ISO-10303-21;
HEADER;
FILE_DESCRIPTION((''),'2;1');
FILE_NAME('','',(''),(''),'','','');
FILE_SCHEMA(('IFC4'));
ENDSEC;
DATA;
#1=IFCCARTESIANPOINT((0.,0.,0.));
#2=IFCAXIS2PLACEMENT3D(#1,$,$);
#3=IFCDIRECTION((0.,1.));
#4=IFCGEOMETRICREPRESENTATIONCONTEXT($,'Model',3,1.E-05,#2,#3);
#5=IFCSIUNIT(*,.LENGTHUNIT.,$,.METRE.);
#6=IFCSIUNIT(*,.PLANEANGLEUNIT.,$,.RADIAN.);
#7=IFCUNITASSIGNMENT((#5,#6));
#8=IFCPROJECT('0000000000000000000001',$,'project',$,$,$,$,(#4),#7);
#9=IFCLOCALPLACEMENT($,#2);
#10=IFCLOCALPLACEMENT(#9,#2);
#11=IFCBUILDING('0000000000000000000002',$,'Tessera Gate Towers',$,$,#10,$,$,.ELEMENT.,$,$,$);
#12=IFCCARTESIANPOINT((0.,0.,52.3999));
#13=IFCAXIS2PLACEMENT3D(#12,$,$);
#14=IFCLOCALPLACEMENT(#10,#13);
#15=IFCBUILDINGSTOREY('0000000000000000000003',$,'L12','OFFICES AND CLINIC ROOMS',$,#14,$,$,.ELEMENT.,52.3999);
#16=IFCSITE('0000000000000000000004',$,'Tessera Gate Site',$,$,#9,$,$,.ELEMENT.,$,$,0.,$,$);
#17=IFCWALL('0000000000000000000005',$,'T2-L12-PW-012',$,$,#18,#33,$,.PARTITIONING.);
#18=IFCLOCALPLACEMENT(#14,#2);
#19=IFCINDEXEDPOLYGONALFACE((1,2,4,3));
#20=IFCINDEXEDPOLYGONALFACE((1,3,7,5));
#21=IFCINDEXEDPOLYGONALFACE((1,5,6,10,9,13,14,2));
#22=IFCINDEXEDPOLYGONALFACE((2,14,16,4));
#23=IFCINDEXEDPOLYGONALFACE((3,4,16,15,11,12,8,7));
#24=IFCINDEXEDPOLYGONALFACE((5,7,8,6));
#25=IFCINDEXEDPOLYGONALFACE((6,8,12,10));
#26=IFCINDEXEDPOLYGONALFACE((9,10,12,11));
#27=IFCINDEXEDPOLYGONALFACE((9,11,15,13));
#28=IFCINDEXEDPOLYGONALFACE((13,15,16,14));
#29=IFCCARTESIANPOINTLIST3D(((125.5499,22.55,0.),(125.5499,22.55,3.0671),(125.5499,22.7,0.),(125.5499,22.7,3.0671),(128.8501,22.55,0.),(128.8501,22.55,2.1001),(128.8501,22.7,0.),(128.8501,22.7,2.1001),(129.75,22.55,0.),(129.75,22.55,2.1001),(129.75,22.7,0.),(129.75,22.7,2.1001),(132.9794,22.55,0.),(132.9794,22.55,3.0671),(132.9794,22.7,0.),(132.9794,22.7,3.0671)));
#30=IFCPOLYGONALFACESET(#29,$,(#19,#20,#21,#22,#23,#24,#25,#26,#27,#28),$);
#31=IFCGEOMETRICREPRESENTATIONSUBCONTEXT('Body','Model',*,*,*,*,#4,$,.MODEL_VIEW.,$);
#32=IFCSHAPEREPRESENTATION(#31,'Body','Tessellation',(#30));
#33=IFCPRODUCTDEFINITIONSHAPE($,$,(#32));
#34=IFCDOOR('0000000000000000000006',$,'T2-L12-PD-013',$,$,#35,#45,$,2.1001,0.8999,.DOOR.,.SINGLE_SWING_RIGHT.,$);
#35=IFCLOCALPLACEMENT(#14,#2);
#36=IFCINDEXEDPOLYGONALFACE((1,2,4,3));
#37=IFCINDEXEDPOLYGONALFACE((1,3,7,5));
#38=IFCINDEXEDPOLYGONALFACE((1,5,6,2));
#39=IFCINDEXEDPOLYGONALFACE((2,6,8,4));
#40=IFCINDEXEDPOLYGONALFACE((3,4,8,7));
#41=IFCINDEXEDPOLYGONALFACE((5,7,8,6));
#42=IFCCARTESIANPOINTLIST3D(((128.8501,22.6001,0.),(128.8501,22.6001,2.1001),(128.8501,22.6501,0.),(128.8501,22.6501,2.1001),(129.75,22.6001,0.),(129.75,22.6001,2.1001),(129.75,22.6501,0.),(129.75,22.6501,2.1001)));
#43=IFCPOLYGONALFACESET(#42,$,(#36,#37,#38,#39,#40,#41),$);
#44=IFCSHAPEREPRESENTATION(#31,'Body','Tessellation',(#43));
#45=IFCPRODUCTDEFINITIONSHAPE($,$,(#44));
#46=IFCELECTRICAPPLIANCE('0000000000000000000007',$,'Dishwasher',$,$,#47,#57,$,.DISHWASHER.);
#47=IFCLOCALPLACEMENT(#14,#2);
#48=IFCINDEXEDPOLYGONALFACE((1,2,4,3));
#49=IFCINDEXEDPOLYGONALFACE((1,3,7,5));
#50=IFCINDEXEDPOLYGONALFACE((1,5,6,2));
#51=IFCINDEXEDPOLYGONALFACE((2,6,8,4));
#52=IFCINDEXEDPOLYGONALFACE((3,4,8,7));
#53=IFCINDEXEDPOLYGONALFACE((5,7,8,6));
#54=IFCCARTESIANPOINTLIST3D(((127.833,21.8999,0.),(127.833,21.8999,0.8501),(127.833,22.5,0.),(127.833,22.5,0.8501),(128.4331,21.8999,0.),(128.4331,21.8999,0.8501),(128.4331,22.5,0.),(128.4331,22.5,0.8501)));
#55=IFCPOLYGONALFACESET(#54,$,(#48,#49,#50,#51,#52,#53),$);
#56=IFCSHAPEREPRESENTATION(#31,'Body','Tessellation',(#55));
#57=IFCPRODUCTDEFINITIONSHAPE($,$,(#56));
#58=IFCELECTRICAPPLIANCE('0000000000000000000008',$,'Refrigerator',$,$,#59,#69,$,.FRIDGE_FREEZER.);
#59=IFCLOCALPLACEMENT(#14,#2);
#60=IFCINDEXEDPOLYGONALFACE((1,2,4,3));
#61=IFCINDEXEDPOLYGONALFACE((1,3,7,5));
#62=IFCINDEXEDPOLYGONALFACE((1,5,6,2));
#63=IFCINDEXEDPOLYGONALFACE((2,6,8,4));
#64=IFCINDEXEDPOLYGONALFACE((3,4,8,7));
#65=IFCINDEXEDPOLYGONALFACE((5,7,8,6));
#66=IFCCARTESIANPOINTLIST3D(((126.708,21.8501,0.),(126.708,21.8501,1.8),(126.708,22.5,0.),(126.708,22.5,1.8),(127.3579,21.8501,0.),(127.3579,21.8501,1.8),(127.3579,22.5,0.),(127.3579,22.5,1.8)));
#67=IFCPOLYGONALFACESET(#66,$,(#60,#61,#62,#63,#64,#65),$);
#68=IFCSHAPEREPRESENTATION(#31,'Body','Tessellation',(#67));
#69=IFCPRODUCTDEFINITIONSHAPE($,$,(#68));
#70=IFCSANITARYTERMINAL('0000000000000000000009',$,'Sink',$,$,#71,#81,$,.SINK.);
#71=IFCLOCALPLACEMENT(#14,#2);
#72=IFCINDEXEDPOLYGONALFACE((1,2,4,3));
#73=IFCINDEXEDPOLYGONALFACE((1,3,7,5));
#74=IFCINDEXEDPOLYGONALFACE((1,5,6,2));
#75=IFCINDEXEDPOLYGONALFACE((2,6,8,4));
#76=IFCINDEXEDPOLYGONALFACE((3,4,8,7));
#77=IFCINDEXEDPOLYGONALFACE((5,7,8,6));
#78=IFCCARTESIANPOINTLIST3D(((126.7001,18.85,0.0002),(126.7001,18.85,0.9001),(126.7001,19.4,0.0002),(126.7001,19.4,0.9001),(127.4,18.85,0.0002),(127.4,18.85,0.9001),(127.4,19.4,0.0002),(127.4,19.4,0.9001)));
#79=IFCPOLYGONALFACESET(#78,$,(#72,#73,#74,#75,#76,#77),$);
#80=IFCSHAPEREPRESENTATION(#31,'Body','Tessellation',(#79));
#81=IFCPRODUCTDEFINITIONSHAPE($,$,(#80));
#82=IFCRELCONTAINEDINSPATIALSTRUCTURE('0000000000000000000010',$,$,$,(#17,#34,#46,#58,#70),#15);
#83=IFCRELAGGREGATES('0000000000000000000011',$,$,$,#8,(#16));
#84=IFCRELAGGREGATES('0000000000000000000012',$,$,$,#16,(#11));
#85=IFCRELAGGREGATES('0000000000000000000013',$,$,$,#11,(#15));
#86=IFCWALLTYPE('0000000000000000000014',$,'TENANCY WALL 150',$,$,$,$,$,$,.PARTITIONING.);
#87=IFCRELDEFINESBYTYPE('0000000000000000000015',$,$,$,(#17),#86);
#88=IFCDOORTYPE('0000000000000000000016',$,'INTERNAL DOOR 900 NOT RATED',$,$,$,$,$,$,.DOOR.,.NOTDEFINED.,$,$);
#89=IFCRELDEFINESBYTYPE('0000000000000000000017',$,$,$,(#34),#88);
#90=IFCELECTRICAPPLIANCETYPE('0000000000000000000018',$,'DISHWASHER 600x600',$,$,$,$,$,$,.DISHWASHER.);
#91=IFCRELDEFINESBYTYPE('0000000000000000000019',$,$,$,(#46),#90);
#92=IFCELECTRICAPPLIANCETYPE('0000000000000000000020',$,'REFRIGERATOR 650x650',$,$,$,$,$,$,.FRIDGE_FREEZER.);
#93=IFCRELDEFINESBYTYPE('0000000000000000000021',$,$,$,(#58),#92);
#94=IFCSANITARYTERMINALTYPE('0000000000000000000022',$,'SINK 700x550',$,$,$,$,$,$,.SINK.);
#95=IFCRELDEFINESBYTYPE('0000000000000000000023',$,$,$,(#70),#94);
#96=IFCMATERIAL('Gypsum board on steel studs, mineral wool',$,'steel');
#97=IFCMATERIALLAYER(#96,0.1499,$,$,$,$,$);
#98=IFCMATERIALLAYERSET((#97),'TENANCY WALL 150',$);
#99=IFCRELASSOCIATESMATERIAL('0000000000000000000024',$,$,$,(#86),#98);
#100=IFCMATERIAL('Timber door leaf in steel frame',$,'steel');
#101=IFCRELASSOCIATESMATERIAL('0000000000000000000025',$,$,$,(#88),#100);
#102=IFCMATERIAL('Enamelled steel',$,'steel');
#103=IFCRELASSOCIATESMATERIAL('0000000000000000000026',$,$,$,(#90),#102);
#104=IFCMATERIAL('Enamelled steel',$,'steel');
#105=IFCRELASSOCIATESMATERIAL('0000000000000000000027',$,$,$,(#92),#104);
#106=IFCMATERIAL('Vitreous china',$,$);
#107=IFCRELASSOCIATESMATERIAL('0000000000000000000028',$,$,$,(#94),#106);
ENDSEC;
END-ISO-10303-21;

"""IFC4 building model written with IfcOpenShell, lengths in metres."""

from ifc_helpers import new_model, si_unit, direction, frame, frame_2d, origin, origin_2d, place, context, subcontext, project, spatial, rectangle, extrude, source, transform, mapped, material, layer, layer_set, type_object, element, fill, save


model = new_model("IFC4")

# Units and contexts
model_context = context("Model", 3, precision=1e-05, world=origin(), true_north=direction((0.0, 1.0)))
body_context = subcontext(model_context, "Body", "Model", "MODEL_VIEW")
ifc_project = project(units=[si_unit("LENGTHUNIT", "METRE"), si_unit("PLANEANGLEUNIT", "RADIAN")], contexts=[model_context])

# Site, building, storey
site_placement = place(None, origin())
site = spatial("IfcSite", under=ifc_project, at=site_placement, Name="Tessera Gate Site", CompositionType="ELEMENT", RefElevation=0.0)
building_placement = place(site_placement, origin())
building = spatial("IfcBuilding", under=site, at=building_placement, Name="Tessera Gate Towers", CompositionType="ELEMENT")
storey_placement = place(building_placement, frame((0.0, 0.0, 52.3999)))
storey = spatial("IfcBuildingStorey", under=building, at=storey_placement, Name="L12", Description="OFFICES AND CLINIC ROOMS", CompositionType="ELEMENT", Elevation=52.3999)

# Shared definitions
shared_shape_1 = source(origin(), body_context, "Body", "SweptSolid", [
    extrude(rectangle(XDim=0.8999, YDim=2.1001, at=frame_2d((0.45, 1.05))), frame((0.0, 0.0249, 0.0), z_axis=(0.0, -1.0, 0.0), x_axis=(1.0, 0.0, 0.0)), (0.0, 0.0, 1.0), 0.05),
])

# Shared definitions
ifc_material_1 = material(Name="Gypsum board on steel studs, mineral wool", Category="steel")
ifc_layer_1 = layer(ifc_material_1, 0.1499)
ifc_layer_set_1 = layer_set([ifc_layer_1], Name="TENANCY WALL 150")
wall_type_1 = type_object("IfcWallType", Name="TENANCY WALL 150", PredefinedType="PARTITIONING", material=ifc_layer_set_1)

# Wall, opening, door
wall_1_placement = place(storey_placement, frame((132.9795, 22.625, 0.0), z_axis=(0.0, 0.0, 1.0), x_axis=(-1.0, 0.0, 0.0)))
wall_1 = element("IfcWall", 1, at=wall_1_placement, inside=storey, type_object=wall_type_1, Name="T2-L12-PW-012", PredefinedType="PARTITIONING", context=body_context, shape_type="SweptSolid", body=[
    extrude(rectangle(XDim=7.4294, YDim=0.1499, at=frame_2d((3.7148, 0.0))), origin(), (0.0, 0.0, 1.0), 3.0671),
])
shared_shape_2 = source(origin(), body_context, "Body", "SweptSolid", [
    extrude(rectangle(XDim=0.8999, YDim=2.1001, at=frame_2d((0.45, 1.05))), frame((0.0, 0.085, 0.0), z_axis=(0.0, -1.0, 0.0), x_axis=(1.0, 0.0, 0.0)), (0.0, 0.0, 1.0), 0.1699),
])
opening_1_placement = place(wall_1_placement, frame((3.2295, 0.0, 0.0)))
opening_1 = element("IfcOpeningElement", 2, at=opening_1_placement, cuts=wall_1, PredefinedType="OPENING", context=body_context, shape_type="MappedRepresentation", body=[
    mapped(shared_shape_2, transform((0.0, 0.0, 0.0), scale=1.0)),
])
ifc_material_2 = material(Name="Timber door leaf in steel frame", Category="steel")
door_type_1 = type_object("IfcDoorType", Name="INTERNAL DOOR 900 NOT RATED", OperationType="NOTDEFINED", PredefinedType="DOOR", material=ifc_material_2)
door_1_placement = place(opening_1_placement, origin())
door_1 = element("IfcDoor", 3, at=door_1_placement, inside=storey, type_object=door_type_1, Name="T2-L12-PD-013", OperationType="SINGLE_SWING_RIGHT", OverallHeight=2.1001, OverallWidth=0.8999, PredefinedType="DOOR", context=body_context, shape_type="MappedRepresentation", body=[
    mapped(shared_shape_1, transform((0.0, 0.0, 0.0), scale=1.0)),
])
fill(opening_1, door_1)

# Electric appliances
ifc_material_3 = material(Name="Enamelled steel", Category="steel")
electric_appliance_type_1 = type_object("IfcElectricApplianceType", Name="DISHWASHER 600x600", PredefinedType="DISHWASHER", material=ifc_material_3)
electric_appliance_1_placement = place(storey_placement, frame((128.1331, 22.2, 0.0), z_axis=(0.0, 0.0, 1.0), x_axis=(1.0, 0.0, 0.0)))
element("IfcElectricAppliance", 4, at=electric_appliance_1_placement, inside=storey, type_object=electric_appliance_type_1, Name="Dishwasher", PredefinedType="DISHWASHER", context=body_context, shape_type="SweptSolid", body=[
    extrude(rectangle(XDim=0.6001, YDim=0.6001, at=origin_2d()), origin(), (0.0, 0.0, 1.0), 0.8501),
])
ifc_material_4 = material(Name="Enamelled steel", Category="steel")
electric_appliance_type_2 = type_object("IfcElectricApplianceType", Name="REFRIGERATOR 650x650", PredefinedType="FRIDGE_FREEZER", material=ifc_material_4)
electric_appliance_2_placement = place(storey_placement, frame((127.033, 22.175, 0.0), z_axis=(0.0, 0.0, 1.0), x_axis=(1.0, 0.0, 0.0)))
element("IfcElectricAppliance", 5, at=electric_appliance_2_placement, inside=storey, type_object=electric_appliance_type_2, Name="Refrigerator", PredefinedType="FRIDGE_FREEZER", context=body_context, shape_type="SweptSolid", body=[
    extrude(rectangle(XDim=0.6499, YDim=0.6499, at=origin_2d()), origin(), (0.0, 0.0, 1.0), 1.8),
])

# Sanitary terminal
ifc_material_5 = material(Name="Vitreous china")
sanitary_terminal_type = type_object("IfcSanitaryTerminalType", Name="SINK 700x550", PredefinedType="SINK", material=ifc_material_5)
sanitary_terminal_placement = place(storey_placement, frame((127.05, 19.125, 0.0002), z_axis=(0.0, 0.0, 1.0), x_axis=(1.0, 0.0, 0.0)))
element("IfcSanitaryTerminal", 6, at=sanitary_terminal_placement, inside=storey, type_object=sanitary_terminal_type, Name="Sink", PredefinedType="SINK", context=body_context, shape_type="SweptSolid", body=[
    extrude(rectangle(XDim=0.7, YDim=0.55, at=origin_2d()), origin(), (0.0, 0.0, 1.0), 0.8999),
])

save(model, "model.ifc")
